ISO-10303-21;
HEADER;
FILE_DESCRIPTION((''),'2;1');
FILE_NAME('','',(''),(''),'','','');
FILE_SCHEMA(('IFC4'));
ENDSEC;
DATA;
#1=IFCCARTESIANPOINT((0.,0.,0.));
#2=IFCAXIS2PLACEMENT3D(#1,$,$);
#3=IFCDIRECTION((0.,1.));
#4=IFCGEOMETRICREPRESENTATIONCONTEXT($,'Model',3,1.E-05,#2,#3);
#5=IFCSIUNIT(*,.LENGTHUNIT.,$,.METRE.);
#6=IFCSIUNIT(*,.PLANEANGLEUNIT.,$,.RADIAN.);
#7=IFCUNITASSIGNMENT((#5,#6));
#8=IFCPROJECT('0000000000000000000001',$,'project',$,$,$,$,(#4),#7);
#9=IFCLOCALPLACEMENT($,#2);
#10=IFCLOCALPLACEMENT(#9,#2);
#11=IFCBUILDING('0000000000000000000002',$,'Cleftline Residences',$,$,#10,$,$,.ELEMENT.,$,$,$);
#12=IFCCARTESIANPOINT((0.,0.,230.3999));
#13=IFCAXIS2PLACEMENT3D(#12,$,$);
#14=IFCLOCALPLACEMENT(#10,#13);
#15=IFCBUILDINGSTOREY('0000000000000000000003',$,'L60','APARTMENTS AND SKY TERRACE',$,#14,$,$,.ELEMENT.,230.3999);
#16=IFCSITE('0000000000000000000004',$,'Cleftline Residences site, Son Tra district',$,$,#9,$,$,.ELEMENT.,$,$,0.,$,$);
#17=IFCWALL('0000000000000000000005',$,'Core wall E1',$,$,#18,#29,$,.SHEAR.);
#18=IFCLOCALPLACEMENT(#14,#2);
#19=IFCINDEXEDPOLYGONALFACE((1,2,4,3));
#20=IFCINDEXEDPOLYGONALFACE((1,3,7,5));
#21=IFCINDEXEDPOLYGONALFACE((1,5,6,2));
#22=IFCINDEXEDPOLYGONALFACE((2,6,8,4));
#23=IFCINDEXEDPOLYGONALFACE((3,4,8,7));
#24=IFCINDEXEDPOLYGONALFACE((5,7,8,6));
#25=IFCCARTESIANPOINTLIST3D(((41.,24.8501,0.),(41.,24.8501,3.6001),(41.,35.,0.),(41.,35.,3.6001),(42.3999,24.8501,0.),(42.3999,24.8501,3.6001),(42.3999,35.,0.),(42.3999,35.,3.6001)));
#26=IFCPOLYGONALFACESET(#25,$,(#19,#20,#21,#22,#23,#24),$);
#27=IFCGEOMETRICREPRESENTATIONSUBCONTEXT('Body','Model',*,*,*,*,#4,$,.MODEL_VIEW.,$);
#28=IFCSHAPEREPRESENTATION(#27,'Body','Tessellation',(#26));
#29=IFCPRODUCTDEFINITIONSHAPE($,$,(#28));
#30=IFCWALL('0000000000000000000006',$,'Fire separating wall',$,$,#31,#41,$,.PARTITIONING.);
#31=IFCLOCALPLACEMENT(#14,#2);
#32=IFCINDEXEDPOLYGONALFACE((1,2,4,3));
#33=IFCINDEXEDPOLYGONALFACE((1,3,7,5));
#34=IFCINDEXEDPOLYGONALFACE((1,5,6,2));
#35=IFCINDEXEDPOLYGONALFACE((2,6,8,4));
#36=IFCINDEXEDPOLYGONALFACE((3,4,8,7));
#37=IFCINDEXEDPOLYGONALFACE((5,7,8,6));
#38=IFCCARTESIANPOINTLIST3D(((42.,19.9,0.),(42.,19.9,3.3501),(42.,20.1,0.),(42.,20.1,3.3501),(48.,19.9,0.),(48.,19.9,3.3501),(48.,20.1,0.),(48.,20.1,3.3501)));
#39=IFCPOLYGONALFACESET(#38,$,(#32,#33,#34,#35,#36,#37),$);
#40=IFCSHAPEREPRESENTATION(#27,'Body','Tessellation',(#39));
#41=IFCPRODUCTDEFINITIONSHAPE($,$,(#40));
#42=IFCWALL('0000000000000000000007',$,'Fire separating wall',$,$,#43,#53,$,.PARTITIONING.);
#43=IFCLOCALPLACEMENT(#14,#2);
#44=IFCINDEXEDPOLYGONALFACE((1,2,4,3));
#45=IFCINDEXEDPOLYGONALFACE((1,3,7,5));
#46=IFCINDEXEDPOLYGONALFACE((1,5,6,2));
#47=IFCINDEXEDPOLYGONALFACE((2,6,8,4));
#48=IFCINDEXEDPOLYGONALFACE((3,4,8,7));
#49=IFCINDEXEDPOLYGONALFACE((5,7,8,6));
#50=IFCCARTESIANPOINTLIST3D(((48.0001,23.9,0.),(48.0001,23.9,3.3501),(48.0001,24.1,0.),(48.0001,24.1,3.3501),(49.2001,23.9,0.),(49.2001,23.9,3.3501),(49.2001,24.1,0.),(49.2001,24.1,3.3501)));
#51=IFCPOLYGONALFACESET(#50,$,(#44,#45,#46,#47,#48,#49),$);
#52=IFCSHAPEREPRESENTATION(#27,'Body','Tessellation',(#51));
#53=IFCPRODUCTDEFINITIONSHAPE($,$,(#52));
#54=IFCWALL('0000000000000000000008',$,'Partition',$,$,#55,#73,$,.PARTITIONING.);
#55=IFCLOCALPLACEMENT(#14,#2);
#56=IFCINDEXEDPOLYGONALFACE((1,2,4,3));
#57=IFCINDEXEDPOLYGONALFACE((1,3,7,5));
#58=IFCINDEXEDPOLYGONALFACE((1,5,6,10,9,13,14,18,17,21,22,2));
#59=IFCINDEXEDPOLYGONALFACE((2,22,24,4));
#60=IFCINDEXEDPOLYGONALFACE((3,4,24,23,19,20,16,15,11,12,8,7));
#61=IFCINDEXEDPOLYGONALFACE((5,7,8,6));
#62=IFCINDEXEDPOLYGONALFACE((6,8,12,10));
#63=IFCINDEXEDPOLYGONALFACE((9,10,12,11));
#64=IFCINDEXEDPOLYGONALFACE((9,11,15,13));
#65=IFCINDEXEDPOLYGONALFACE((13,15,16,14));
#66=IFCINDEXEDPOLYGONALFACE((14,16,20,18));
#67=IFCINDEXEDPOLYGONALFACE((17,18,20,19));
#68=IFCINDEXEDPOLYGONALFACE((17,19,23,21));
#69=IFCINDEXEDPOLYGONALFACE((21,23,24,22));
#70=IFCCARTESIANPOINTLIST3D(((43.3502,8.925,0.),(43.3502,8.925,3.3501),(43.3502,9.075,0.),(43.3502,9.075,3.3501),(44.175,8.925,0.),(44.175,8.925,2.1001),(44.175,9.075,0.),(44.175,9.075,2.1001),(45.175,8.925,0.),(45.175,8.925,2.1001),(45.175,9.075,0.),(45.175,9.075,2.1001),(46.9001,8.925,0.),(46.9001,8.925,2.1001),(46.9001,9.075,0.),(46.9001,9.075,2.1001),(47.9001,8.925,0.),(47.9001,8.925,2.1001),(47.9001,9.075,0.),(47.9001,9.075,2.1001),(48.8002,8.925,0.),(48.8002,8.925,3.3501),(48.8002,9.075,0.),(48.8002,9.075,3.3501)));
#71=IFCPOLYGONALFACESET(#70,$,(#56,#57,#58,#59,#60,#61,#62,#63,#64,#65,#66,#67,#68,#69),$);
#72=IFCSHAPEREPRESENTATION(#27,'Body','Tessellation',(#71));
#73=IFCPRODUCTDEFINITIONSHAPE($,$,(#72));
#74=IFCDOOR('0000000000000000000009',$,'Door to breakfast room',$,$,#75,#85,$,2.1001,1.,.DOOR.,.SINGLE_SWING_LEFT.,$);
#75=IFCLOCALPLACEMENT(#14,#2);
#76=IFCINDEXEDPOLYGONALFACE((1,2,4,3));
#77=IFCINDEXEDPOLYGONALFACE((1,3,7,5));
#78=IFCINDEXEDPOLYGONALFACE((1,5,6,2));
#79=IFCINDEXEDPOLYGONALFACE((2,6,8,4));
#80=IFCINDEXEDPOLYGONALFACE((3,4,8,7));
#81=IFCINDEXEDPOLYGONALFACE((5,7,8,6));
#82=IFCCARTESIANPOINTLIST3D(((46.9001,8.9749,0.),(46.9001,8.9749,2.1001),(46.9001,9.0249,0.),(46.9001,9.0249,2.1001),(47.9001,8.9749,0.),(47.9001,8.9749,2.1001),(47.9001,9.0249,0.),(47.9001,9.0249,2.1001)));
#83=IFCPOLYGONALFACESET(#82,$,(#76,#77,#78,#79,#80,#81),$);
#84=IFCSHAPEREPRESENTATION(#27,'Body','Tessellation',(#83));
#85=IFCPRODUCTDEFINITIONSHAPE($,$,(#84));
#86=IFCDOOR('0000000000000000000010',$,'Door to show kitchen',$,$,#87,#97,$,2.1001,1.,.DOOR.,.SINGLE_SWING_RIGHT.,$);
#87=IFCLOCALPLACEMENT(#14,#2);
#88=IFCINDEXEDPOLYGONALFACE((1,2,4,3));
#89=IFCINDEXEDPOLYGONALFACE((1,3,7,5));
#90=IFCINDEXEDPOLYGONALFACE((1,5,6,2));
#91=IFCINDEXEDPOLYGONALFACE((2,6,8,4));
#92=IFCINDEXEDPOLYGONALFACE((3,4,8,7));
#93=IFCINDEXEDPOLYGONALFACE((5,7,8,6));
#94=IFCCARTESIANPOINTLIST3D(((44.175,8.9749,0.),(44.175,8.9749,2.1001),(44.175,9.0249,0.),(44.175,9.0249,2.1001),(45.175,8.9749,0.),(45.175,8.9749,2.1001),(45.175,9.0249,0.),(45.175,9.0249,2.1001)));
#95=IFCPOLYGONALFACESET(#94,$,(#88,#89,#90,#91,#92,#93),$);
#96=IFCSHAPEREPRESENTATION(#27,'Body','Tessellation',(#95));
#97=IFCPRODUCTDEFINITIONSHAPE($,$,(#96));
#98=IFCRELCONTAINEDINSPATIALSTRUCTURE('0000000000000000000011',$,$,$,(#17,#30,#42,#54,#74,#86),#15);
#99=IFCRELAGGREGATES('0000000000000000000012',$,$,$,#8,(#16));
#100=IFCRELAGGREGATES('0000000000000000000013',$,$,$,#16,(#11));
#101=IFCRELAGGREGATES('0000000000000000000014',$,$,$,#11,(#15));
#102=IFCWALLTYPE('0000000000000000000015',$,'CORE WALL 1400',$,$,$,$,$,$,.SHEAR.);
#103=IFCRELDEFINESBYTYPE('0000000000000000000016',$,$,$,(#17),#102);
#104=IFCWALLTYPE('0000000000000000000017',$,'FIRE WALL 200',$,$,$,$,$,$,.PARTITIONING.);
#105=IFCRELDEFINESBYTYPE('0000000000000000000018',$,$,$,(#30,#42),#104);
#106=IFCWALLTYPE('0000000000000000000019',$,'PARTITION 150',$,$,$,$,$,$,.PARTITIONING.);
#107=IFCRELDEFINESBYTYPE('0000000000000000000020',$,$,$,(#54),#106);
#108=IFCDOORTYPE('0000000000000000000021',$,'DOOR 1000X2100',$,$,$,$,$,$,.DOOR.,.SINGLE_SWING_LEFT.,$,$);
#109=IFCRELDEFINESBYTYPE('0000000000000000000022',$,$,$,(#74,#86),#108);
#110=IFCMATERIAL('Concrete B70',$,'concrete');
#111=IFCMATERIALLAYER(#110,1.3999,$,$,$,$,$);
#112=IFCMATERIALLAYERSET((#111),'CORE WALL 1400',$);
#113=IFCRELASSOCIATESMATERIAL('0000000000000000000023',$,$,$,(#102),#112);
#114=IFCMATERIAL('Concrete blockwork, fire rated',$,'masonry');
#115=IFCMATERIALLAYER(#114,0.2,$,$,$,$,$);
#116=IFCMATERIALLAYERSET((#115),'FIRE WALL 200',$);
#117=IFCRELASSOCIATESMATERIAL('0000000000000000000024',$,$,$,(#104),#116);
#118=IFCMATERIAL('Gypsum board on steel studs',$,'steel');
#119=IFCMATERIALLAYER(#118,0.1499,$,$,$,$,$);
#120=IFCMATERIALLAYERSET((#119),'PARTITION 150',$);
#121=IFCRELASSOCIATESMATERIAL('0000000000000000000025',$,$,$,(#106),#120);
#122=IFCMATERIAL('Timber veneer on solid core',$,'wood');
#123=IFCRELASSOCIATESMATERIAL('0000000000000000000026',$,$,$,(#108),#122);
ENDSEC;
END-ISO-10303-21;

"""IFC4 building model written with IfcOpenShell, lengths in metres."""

from ifc_helpers import new_model, si_unit, direction, frame, frame_2d, origin, place, context, subcontext, project, spatial, rectangle, extrude, material, layer, layer_set, type_object, element, fill, save


model = new_model("IFC4")

# Units and contexts
model_context = context("Model", 3, precision=1e-05, world=origin(), true_north=direction((0.0, 1.0)))
body_context = subcontext(model_context, "Body", "Model", "MODEL_VIEW")
ifc_project = project(units=[si_unit("LENGTHUNIT", "METRE"), si_unit("PLANEANGLEUNIT", "RADIAN")], contexts=[model_context])

# Site, building, storey
site_placement = place(None, origin())
site = spatial("IfcSite", under=ifc_project, at=site_placement, Name="Cleftline Residences site, Son Tra district", CompositionType="ELEMENT", RefElevation=0.0)
building_placement = place(site_placement, origin())
building = spatial("IfcBuilding", under=site, at=building_placement, Name="Cleftline Residences", CompositionType="ELEMENT")
storey_placement = place(building_placement, frame((0.0, 0.0, 230.3999)))
storey = spatial("IfcBuildingStorey", under=building, at=storey_placement, Name="L60", Description="APARTMENTS AND SKY TERRACE", CompositionType="ELEMENT", Elevation=230.3999)

# Shared definitions
ifc_material_1 = material(Name="Concrete B70", Category="concrete")
ifc_layer_1 = layer(ifc_material_1, 1.3999)
ifc_layer_set_1 = layer_set([ifc_layer_1], Name="CORE WALL 1400")
wall_type_1 = type_object("IfcWallType", Name="CORE WALL 1400", PredefinedType="SHEAR", material=ifc_layer_set_1)

# Walls
wall_1_placement = place(storey_placement, frame((41.7, 24.8501, 0.0), z_axis=(0.0, 0.0, 1.0), x_axis=(0.0, 1.0, 0.0)))
element("IfcWall", 1, at=wall_1_placement, inside=storey, type_object=wall_type_1, Name="Core wall E1", PredefinedType="SHEAR", context=body_context, shape_type="SweptSolid", body=[
    extrude(rectangle(XDim=10.1499, YDim=1.3999, at=frame_2d((5.075, 0.0))), origin(), (0.0, 0.0, 1.0), 3.6001),
])
ifc_material_2 = material(Name="Concrete blockwork, fire rated", Category="masonry")
ifc_layer_2 = layer(ifc_material_2, 0.2)
ifc_layer_set_2 = layer_set([ifc_layer_2], Name="FIRE WALL 200")
wall_type_2 = type_object("IfcWallType", Name="FIRE WALL 200", PredefinedType="PARTITIONING", material=ifc_layer_set_2)
wall_2_placement = place(storey_placement, frame((42.0, 20.0, 0.0), z_axis=(0.0, 0.0, 1.0), x_axis=(1.0, 0.0, 0.0)))
element("IfcWall", 2, at=wall_2_placement, inside=storey, type_object=wall_type_2, Name="Fire separating wall", PredefinedType="PARTITIONING", context=body_context, shape_type="SweptSolid", body=[
    extrude(rectangle(XDim=6.0, YDim=0.2, at=frame_2d((3.0, 0.0))), origin(), (0.0, 0.0, 1.0), 3.3501),
])
wall_3_placement = place(storey_placement, frame((48.0, 24.0, 0.0), z_axis=(0.0, 0.0, 1.0), x_axis=(1.0, 0.0, 0.0)))
element("IfcWall", 3, at=wall_3_placement, inside=storey, type_object=wall_type_2, Name="Fire separating wall", PredefinedType="PARTITIONING", context=body_context, shape_type="SweptSolid", body=[
    extrude(rectangle(XDim=1.2, YDim=0.2, at=frame_2d((0.6001, 0.0))), origin(), (0.0, 0.0, 1.0), 3.3501),
])

# Wall, openings, doors
ifc_material_3 = material(Name="Gypsum board on steel studs", Category="steel")
ifc_layer_3 = layer(ifc_material_3, 0.1499)
ifc_layer_set_3 = layer_set([ifc_layer_3], Name="PARTITION 150")
wall_type_3 = type_object("IfcWallType", Name="PARTITION 150", PredefinedType="PARTITIONING", material=ifc_layer_set_3)
wall_4_placement = place(storey_placement, frame((43.3501, 9.0, 0.0), z_axis=(0.0, 0.0, 1.0), x_axis=(1.0, 0.0, 0.0)))
wall_4 = element("IfcWall", 4, at=wall_4_placement, inside=storey, type_object=wall_type_3, Name="Partition", PredefinedType="PARTITIONING", context=body_context, shape_type="SweptSolid", body=[
    extrude(rectangle(XDim=5.45, YDim=0.1499, at=frame_2d((2.7251, 0.0))), origin(), (0.0, 0.0, 1.0), 3.3501),
])
opening_1_placement = place(wall_4_placement, frame((3.55, 0.0, 0.0)))
opening_1 = element("IfcOpeningElement", 5, at=opening_1_placement, cuts=wall_4, PredefinedType="OPENING", context=body_context, shape_type="SweptSolid", body=[
    extrude(rectangle(XDim=1.0, YDim=2.1001, at=frame_2d((0.5, 1.05))), frame((0.0, 0.085, 0.0), z_axis=(0.0, -1.0, 0.0), x_axis=(1.0, 0.0, 0.0)), (0.0, 0.0, 1.0), 0.1699),
])
opening_2_placement = place(wall_4_placement, frame((0.825, 0.0, 0.0)))
opening_2 = element("IfcOpeningElement", 6, at=opening_2_placement, cuts=wall_4, PredefinedType="OPENING", context=body_context, shape_type="SweptSolid", body=[
    extrude(rectangle(XDim=1.0, YDim=2.1001, at=frame_2d((0.5, 1.05))), frame((0.0, 0.085, 0.0), z_axis=(0.0, -1.0, 0.0), x_axis=(1.0, 0.0, 0.0)), (0.0, 0.0, 1.0), 0.1699),
])
ifc_material_4 = material(Name="Timber veneer on solid core", Category="wood")
door_type_1 = type_object("IfcDoorType", Name="DOOR 1000X2100", OperationType="SINGLE_SWING_LEFT", PredefinedType="DOOR", material=ifc_material_4)
door_1_placement = place(opening_1_placement, origin())
door_1 = element("IfcDoor", 7, at=door_1_placement, inside=storey, type_object=door_type_1, Name="Door to breakfast room", OperationType="SINGLE_SWING_LEFT", OverallHeight=2.1001, OverallWidth=1.0, PredefinedType="DOOR", context=body_context, shape_type="SweptSolid", body=[
    extrude(rectangle(XDim=1.0, YDim=2.1001, at=frame_2d((0.5, 1.05))), frame((0.0, 0.0249, 0.0), z_axis=(0.0, -1.0, 0.0), x_axis=(1.0, 0.0, 0.0)), (0.0, 0.0, 1.0), 0.05),
])
fill(opening_1, door_1)
door_2_placement = place(opening_2_placement, origin())
door_2 = element("IfcDoor", 8, at=door_2_placement, inside=storey, type_object=door_type_1, Name="Door to show kitchen", OperationType="SINGLE_SWING_RIGHT", OverallHeight=2.1001, OverallWidth=1.0, PredefinedType="DOOR", context=body_context, shape_type="SweptSolid", body=[
    extrude(rectangle(XDim=1.0, YDim=2.1001, at=frame_2d((0.5, 1.05))), frame((0.0, 0.0249, 0.0), z_axis=(0.0, -1.0, 0.0), x_axis=(1.0, 0.0, 0.0)), (0.0, 0.0, 1.0), 0.05),
])
fill(opening_2, door_2)

save(model, "model.ifc")
